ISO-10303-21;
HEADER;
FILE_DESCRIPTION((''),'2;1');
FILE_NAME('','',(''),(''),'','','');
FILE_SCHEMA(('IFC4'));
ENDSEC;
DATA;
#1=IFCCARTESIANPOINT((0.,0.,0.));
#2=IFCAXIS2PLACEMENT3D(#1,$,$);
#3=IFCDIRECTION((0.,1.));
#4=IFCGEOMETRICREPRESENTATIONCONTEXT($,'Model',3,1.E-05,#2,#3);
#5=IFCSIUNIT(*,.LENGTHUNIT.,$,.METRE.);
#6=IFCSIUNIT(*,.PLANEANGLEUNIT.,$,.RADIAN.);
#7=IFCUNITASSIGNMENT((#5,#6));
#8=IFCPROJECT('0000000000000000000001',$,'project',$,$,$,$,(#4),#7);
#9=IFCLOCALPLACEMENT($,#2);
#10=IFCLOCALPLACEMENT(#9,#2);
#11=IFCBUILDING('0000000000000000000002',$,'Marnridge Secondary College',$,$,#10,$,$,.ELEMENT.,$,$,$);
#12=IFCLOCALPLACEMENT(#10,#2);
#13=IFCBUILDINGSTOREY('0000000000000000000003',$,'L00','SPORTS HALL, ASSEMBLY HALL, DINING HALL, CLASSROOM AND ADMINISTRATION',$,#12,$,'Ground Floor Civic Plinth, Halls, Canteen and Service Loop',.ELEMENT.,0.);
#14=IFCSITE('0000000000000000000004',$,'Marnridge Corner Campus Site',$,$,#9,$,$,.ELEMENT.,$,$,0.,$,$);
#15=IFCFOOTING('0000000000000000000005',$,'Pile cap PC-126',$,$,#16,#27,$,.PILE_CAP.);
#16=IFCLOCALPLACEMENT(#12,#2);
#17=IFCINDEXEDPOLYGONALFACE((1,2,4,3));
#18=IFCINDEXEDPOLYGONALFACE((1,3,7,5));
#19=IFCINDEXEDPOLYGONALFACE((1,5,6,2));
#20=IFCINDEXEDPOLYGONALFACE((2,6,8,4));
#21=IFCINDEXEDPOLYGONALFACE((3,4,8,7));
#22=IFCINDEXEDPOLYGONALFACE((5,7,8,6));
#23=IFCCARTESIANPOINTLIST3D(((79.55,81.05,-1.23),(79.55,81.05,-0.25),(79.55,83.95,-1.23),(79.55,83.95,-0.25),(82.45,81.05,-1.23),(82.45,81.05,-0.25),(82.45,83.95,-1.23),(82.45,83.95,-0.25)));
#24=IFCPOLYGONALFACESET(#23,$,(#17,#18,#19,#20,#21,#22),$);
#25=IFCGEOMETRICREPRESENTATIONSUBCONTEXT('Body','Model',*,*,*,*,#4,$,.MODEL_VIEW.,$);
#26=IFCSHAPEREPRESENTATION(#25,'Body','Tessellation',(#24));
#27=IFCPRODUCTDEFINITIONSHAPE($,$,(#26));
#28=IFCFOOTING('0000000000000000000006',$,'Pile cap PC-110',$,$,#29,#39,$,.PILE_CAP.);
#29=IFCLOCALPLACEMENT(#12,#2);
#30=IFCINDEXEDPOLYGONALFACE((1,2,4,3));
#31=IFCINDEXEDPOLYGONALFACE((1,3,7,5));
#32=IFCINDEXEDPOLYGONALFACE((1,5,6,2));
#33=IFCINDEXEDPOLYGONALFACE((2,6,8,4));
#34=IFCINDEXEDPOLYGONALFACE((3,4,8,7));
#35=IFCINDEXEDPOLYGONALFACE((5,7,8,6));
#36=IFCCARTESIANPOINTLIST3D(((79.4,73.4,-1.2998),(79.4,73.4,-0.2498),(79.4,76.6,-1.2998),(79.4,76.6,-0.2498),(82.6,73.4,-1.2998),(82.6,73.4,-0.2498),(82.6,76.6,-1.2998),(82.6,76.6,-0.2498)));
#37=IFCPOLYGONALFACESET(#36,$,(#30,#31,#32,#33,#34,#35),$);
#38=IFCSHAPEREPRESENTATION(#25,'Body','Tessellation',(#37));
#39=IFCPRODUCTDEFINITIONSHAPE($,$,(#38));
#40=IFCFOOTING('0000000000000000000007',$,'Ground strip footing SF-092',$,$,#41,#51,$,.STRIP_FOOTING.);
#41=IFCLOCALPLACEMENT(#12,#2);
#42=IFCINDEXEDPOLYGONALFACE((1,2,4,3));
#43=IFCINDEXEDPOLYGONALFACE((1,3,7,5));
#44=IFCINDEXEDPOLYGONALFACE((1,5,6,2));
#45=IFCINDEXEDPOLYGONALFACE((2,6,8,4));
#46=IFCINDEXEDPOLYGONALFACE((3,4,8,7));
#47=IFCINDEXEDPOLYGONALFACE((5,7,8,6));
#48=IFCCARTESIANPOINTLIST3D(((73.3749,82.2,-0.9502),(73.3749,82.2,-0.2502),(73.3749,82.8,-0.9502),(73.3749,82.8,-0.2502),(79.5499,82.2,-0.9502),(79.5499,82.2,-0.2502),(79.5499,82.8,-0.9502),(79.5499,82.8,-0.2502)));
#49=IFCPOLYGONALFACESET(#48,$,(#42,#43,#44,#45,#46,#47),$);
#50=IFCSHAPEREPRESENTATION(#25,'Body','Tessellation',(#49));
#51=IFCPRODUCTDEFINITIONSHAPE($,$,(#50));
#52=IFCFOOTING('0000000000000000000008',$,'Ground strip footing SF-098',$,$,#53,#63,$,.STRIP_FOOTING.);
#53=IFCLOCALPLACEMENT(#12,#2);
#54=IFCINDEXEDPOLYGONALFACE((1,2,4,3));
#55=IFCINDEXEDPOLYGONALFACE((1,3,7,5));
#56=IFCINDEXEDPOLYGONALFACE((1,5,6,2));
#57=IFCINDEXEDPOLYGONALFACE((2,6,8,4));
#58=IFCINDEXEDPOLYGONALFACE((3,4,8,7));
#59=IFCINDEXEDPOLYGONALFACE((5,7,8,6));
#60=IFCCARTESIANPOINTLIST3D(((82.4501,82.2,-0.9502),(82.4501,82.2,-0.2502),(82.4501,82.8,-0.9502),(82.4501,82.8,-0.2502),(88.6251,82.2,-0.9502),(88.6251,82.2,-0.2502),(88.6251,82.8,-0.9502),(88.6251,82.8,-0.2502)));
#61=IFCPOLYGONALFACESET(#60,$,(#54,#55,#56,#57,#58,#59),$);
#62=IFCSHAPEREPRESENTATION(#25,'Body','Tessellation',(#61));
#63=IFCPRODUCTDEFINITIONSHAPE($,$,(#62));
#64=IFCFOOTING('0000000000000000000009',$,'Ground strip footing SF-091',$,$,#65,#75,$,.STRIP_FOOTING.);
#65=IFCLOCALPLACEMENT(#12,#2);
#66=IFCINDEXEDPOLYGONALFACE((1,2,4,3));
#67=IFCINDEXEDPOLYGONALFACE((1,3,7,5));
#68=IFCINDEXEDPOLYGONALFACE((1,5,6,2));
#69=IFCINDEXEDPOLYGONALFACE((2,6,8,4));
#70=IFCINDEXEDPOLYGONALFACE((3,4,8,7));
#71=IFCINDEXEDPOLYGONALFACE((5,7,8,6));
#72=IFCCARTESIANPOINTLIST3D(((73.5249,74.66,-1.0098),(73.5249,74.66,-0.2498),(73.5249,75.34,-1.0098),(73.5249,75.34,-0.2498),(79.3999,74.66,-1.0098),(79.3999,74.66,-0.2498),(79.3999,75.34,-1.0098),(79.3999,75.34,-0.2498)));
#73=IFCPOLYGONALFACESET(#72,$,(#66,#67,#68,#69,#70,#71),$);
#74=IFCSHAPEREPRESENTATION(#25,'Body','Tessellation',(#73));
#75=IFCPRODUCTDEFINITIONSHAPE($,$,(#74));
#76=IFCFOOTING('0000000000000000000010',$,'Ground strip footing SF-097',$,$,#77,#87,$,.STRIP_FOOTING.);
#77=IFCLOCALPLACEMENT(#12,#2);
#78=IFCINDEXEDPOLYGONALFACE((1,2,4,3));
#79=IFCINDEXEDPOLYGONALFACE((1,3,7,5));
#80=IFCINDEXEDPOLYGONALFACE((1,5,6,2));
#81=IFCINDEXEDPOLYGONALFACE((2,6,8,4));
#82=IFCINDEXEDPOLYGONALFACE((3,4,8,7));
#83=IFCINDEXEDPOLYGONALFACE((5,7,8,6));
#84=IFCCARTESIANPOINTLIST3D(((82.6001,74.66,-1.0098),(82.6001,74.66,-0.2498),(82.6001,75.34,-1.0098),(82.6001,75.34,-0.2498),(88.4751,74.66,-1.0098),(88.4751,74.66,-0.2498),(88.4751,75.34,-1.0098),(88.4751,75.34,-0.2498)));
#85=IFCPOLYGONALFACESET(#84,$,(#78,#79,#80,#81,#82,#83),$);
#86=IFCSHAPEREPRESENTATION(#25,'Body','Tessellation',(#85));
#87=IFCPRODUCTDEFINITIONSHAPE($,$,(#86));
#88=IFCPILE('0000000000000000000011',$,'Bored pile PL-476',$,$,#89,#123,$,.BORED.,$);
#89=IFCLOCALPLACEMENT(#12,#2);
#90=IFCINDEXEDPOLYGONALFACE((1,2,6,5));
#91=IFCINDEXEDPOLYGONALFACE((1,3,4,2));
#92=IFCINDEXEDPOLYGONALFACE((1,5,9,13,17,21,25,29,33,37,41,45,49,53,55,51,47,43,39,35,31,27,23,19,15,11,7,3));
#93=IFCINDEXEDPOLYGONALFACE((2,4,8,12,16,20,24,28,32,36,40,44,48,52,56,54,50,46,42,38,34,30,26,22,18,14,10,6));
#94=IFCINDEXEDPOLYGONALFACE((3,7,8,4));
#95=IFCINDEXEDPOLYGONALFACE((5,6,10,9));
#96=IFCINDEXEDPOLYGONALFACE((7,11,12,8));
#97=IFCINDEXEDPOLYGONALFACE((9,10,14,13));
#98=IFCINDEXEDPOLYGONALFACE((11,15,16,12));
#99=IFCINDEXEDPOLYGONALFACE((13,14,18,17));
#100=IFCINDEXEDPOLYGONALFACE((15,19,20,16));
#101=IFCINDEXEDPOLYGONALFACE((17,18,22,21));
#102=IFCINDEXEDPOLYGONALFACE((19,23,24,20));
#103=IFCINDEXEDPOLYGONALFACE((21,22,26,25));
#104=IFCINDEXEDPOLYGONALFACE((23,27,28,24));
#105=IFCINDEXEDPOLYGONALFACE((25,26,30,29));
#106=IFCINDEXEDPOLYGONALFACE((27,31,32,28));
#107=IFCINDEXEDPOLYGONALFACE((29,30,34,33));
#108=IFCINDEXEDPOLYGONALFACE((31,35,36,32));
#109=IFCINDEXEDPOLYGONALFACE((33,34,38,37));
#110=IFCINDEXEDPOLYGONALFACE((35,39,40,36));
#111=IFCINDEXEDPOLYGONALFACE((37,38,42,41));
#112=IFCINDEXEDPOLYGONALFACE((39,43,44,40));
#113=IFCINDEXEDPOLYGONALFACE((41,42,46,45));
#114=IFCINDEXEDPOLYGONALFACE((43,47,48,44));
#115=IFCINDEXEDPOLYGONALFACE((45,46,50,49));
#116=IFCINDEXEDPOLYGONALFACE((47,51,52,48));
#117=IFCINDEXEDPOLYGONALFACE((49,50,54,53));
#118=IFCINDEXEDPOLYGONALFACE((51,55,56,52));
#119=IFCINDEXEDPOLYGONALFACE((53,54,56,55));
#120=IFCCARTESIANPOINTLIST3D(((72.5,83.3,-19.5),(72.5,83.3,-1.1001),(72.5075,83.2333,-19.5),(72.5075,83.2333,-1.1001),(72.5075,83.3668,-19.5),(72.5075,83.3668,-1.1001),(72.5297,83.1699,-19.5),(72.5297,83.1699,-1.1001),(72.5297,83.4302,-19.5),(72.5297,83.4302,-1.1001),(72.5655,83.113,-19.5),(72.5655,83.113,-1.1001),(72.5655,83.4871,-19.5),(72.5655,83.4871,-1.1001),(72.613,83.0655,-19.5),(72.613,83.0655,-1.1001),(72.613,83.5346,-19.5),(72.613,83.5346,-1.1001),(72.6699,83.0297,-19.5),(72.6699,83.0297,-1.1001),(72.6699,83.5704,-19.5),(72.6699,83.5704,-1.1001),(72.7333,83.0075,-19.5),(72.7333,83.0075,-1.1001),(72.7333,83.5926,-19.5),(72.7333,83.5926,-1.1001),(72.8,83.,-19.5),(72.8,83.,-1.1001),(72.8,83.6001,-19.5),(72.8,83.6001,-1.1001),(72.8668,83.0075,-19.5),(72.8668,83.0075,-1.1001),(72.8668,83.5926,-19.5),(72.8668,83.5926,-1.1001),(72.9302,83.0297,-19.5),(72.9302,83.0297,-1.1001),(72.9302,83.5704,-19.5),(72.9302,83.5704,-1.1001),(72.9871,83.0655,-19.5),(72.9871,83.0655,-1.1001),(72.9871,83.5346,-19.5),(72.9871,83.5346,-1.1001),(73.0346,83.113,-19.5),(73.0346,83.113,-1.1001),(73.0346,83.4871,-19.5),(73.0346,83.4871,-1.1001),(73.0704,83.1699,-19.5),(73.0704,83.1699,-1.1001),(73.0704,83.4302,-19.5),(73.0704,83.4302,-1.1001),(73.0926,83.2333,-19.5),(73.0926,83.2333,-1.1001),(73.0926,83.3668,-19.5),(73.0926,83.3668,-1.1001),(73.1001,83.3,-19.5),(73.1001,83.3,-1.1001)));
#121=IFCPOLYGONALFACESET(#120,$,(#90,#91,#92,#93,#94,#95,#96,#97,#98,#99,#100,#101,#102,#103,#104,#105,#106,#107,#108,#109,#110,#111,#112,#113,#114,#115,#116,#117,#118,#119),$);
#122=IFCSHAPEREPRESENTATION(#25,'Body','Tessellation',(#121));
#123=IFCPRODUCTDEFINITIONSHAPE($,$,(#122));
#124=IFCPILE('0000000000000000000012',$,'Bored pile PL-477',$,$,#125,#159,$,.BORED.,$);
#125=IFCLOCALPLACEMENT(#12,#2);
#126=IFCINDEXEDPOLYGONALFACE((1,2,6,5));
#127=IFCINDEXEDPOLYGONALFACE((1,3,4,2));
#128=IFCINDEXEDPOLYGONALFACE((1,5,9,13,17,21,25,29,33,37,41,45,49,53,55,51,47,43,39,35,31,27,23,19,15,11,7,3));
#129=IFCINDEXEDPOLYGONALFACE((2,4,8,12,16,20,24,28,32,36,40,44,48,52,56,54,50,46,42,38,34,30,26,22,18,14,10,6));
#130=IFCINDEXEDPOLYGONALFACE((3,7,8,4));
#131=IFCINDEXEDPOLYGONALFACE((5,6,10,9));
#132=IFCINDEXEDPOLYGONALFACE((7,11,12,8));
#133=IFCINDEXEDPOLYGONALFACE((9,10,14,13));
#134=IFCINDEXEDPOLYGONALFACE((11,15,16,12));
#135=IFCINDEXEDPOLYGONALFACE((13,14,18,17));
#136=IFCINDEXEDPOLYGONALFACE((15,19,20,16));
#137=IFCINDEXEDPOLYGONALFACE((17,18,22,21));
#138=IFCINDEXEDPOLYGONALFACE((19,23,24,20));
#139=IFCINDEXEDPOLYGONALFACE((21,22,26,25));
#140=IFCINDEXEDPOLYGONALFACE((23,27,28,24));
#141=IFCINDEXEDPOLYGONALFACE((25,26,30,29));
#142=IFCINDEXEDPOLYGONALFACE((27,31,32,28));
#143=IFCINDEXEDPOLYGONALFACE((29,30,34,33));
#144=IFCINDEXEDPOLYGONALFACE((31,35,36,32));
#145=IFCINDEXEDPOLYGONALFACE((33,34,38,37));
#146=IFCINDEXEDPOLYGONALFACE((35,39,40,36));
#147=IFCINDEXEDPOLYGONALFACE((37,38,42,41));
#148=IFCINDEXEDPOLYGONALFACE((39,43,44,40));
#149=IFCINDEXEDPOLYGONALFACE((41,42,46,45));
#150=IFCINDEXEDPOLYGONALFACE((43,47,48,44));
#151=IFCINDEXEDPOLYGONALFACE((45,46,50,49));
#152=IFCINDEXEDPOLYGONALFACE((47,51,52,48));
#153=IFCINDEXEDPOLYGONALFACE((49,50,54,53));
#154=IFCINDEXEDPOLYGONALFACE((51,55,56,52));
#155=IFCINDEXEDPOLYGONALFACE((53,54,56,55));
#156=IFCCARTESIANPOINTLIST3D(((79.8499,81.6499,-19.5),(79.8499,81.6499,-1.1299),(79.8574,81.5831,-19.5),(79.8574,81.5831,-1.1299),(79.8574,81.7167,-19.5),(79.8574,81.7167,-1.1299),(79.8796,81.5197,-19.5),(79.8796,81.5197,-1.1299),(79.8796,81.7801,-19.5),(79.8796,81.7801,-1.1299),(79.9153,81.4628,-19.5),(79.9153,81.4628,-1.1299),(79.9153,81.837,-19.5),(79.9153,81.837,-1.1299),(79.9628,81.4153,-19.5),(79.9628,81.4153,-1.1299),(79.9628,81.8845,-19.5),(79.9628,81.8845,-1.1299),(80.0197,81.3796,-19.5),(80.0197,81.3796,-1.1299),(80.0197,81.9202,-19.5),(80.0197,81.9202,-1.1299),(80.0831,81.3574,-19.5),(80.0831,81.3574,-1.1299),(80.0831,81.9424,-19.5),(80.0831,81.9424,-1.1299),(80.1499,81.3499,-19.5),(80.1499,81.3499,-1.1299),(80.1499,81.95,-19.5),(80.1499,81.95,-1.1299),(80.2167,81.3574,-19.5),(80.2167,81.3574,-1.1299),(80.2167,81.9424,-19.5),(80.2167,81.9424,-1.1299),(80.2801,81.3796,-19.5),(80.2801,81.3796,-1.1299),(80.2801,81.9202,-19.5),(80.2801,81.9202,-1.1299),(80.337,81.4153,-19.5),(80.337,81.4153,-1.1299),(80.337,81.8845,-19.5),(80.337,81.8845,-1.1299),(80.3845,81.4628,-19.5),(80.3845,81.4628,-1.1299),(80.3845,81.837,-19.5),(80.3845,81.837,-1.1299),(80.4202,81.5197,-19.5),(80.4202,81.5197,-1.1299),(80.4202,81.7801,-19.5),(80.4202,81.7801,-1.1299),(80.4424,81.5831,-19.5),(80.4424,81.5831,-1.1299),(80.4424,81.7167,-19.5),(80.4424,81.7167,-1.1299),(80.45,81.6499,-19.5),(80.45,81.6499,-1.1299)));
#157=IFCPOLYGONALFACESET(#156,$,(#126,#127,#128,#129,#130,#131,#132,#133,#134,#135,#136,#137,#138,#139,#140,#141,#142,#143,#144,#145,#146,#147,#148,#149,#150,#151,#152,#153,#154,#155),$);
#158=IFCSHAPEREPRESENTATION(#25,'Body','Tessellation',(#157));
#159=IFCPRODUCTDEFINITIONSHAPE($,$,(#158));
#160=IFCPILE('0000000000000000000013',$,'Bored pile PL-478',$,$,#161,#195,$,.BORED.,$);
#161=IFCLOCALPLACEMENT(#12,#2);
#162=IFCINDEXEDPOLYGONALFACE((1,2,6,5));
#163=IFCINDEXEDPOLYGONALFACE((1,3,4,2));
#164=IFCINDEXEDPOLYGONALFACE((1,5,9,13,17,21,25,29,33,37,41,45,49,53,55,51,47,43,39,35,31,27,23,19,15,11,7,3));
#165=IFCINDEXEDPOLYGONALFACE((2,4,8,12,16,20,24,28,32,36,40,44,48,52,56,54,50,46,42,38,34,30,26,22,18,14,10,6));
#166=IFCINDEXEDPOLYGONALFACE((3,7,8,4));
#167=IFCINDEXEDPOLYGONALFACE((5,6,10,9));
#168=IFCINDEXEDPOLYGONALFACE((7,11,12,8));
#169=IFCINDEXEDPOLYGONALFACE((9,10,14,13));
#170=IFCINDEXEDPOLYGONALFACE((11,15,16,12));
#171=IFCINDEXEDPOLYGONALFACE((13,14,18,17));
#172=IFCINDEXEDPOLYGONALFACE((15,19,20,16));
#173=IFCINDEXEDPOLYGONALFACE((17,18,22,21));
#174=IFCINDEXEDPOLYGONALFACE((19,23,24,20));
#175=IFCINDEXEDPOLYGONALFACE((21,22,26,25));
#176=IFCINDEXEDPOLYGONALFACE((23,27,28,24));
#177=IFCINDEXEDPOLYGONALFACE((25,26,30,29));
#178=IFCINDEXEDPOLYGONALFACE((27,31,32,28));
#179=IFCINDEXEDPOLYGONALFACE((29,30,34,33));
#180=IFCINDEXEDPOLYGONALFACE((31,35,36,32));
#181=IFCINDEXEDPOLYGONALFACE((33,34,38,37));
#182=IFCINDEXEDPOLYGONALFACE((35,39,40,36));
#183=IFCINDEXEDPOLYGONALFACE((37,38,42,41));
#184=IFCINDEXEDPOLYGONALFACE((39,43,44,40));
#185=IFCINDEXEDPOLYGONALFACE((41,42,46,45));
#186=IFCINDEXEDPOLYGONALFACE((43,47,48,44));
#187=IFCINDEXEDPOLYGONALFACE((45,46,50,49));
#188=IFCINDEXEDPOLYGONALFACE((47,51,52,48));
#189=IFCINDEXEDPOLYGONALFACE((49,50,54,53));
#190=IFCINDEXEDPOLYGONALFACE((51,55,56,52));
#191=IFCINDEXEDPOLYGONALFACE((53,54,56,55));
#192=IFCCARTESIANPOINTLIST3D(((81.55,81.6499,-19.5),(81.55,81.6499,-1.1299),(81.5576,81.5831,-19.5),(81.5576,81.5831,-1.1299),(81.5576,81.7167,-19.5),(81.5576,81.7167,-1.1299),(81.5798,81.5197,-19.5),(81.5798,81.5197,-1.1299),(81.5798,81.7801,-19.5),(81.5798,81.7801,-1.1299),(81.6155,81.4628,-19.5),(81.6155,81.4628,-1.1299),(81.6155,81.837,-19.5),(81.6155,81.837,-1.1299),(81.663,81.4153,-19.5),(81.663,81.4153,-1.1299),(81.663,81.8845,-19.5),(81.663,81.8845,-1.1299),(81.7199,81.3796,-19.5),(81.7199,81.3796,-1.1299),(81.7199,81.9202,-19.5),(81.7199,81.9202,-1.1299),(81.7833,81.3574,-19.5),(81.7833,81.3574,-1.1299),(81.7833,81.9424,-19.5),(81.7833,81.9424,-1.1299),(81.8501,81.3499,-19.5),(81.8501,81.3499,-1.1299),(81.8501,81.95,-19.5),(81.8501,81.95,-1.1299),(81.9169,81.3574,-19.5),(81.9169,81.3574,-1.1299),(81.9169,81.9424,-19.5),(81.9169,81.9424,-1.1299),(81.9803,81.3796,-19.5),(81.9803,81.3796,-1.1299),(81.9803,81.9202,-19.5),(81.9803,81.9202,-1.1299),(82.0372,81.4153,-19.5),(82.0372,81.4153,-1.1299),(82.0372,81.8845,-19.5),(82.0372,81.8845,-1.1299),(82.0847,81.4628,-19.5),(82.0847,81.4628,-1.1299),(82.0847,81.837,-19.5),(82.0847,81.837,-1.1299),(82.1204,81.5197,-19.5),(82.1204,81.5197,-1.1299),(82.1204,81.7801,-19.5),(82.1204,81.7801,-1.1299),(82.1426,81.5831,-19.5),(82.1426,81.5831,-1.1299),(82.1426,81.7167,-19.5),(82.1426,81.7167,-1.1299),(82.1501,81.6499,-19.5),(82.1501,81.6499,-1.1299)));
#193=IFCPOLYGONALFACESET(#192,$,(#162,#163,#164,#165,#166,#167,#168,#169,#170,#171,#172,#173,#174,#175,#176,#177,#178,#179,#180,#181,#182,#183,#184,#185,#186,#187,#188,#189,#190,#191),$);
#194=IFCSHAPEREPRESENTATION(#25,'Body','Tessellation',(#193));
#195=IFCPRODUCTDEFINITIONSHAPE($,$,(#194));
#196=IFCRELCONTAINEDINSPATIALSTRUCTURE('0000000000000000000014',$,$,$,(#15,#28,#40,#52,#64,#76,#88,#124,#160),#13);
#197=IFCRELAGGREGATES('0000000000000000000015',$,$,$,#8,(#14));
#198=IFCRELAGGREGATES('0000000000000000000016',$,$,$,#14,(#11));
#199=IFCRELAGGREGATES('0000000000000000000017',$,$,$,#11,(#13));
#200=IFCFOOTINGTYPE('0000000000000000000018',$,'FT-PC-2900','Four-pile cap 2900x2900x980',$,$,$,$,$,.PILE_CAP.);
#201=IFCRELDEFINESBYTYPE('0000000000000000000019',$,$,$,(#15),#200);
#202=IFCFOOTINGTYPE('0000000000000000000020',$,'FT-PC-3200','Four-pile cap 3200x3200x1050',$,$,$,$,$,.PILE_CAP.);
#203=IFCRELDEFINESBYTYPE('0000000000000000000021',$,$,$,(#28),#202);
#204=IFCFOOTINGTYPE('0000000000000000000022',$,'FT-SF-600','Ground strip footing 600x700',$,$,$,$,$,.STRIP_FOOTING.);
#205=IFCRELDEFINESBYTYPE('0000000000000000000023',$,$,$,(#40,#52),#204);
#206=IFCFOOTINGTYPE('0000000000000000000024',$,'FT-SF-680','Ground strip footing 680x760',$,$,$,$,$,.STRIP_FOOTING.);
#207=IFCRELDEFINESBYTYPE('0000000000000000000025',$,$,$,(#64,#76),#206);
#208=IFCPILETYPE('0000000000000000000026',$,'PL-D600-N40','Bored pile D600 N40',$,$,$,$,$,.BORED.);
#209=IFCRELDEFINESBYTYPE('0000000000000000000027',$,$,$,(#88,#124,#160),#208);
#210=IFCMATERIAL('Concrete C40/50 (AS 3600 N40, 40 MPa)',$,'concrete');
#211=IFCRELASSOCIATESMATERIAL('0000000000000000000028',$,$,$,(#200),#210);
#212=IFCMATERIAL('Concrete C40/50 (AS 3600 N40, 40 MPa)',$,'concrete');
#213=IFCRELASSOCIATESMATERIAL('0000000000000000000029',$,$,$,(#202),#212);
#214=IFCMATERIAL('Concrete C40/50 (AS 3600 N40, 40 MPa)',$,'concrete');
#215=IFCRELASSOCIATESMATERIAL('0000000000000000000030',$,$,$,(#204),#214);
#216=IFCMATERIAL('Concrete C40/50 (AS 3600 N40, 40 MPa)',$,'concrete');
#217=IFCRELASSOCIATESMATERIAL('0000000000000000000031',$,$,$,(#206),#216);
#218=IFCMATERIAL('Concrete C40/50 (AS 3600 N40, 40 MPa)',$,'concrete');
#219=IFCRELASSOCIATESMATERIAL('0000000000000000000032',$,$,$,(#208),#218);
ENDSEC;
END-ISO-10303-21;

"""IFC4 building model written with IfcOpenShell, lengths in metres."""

from ifc_helpers import new_model, si_unit, direction, frame, origin, origin_2d, place, context, subcontext, project, spatial, rectangle, circle, extrude, material, material_profile, profile_set, type_object, element, save


model = new_model("IFC4")

# Units and contexts
model_context = context("Model", 3, precision=1e-05, world=origin(), true_north=direction((0.0, 1.0)))
body_context = subcontext(model_context, "Body", "Model", "MODEL_VIEW")
ifc_project = project(units=[si_unit("LENGTHUNIT", "METRE"), si_unit("PLANEANGLEUNIT", "RADIAN")], contexts=[model_context])

# Site, building, storey
site_placement = place(None, origin())
site = spatial("IfcSite", under=ifc_project, at=site_placement, Name="Marnridge Corner Campus Site", CompositionType="ELEMENT", RefElevation=0.0)
building_placement = place(site_placement, origin())
building = spatial("IfcBuilding", under=site, at=building_placement, Name="Marnridge Secondary College", CompositionType="ELEMENT")
storey_placement = place(building_placement, origin())
storey = spatial("IfcBuildingStorey", under=building, at=storey_placement, Name="L00", Description="SPORTS HALL, ASSEMBLY HALL, DINING HALL, CLASSROOM AND ADMINISTRATION", LongName="Ground Floor Civic Plinth, Halls, Canteen and Service Loop", CompositionType="ELEMENT", Elevation=0.0)

# Footings
ifc_material_1 = material(Name="Concrete C40/50 (AS 3600 N40, 40 MPa)", Category="concrete")
footing_type_1 = type_object("IfcFootingType", Name="FT-PC-2900", Description="Four-pile cap 2900x2900x980", PredefinedType="PILE_CAP", material=ifc_material_1)
footing_1_placement = place(storey_placement, frame((81.0, 82.5, -1.23), z_axis=(0.0, 0.0, 1.0), x_axis=(1.0, 0.0, 0.0)))
element("IfcFooting", 1, at=footing_1_placement, inside=storey, type_object=footing_type_1, Name="Pile cap PC-126", PredefinedType="PILE_CAP", context=body_context, shape_type="SweptSolid", body=[
    extrude(rectangle(XDim=2.8999, YDim=2.8999, at=origin_2d()), origin(), (0.0, 0.0, 1.0), 0.98),
])
ifc_material_2 = material(Name="Concrete C40/50 (AS 3600 N40, 40 MPa)", Category="concrete")
footing_type_2 = type_object("IfcFootingType", Name="FT-PC-3200", Description="Four-pile cap 3200x3200x1050", PredefinedType="PILE_CAP", material=ifc_material_2)
footing_2_placement = place(storey_placement, frame((81.0, 75.0, -1.2998), z_axis=(0.0, 0.0, 1.0), x_axis=(1.0, 0.0, 0.0)))
element("IfcFooting", 2, at=footing_2_placement, inside=storey, type_object=footing_type_2, Name="Pile cap PC-110", PredefinedType="PILE_CAP", context=body_context, shape_type="SweptSolid", body=[
    extrude(rectangle(XDim=3.2, YDim=3.2, at=origin_2d()), origin(), (0.0, 0.0, 1.0), 1.05),
])
ifc_material_3 = material(Name="Concrete C40/50 (AS 3600 N40, 40 MPa)", Category="concrete")
footing_type_3 = type_object("IfcFootingType", Name="FT-SF-600", Description="Ground strip footing 600x700", PredefinedType="STRIP_FOOTING", material=ifc_material_3)
for number, where, z_axis, x_axis, name in (
    (3, (76.4624, 82.5, -0.9502), (0.0, 0.0, 1.0), (1.0, 0.0, 0.0), "Ground strip footing SF-092"),
    (4, (85.5376, 82.5, -0.9502), (0.0, 0.0, 1.0), (1.0, 0.0, 0.0), "Ground strip footing SF-098"),
):
    element("IfcFooting", number, at=place(storey_placement, frame(where, z_axis=z_axis, x_axis=x_axis)), inside=storey, type_object=footing_type_3, Name=name, PredefinedType="STRIP_FOOTING", context=body_context, shape_type="SweptSolid", body=[
        extrude(rectangle(XDim=6.175, YDim=0.6001, at=origin_2d()), origin(), (0.0, 0.0, 1.0), 0.7),
    ])
ifc_material_4 = material(Name="Concrete C40/50 (AS 3600 N40, 40 MPa)", Category="concrete")
footing_type_4 = type_object("IfcFootingType", Name="FT-SF-680", Description="Ground strip footing 680x760", PredefinedType="STRIP_FOOTING", material=ifc_material_4)
for number, where, z_axis, x_axis, name in (
    (5, (76.4624, 75.0, -1.0098), (0.0, 0.0, 1.0), (1.0, 0.0, 0.0), "Ground strip footing SF-091"),
    (6, (85.5376, 75.0, -1.0098), (0.0, 0.0, 1.0), (1.0, 0.0, 0.0), "Ground strip footing SF-097"),
):
    element("IfcFooting", number, at=place(storey_placement, frame(where, z_axis=z_axis, x_axis=x_axis)), inside=storey, type_object=footing_type_4, Name=name, PredefinedType="STRIP_FOOTING", context=body_context, shape_type="SweptSolid", body=[
        extrude(rectangle(XDim=5.875, YDim=0.6799, at=origin_2d()), origin(), (0.0, 0.0, 1.0), 0.76),
    ])

# Piles
ifc_material_5 = material(Name="Concrete C40/50 (AS 3600 N40, 40 MPa)", Category="concrete")
ifc_material_profile_1 = material_profile(ifc_material_5, circle(Radius=0.3, at=origin_2d()), Name="PILE D600")
ifc_profile_set_1 = profile_set([ifc_material_profile_1], Name="Concrete C40/50 (AS 3600 N40, 40 MPa)")
pile_type_1 = type_object("IfcPileType", Name="PL-D600-N40", Description="Bored pile D600 N40", PredefinedType="BORED", material=ifc_profile_set_1)
pile_placement = place(storey_placement, frame((72.8, 83.3, -1.1001), z_axis=(0.0, 0.0, -1.0), x_axis=(1.0, 0.0, 0.0)))
element("IfcPile", 7, at=pile_placement, inside=storey, type_object=pile_type_1, Name="Bored pile PL-476", PredefinedType="BORED", context=body_context, shape_type="SweptSolid", body=[
    extrude(circle(Radius=0.3, at=origin_2d()), origin(), (0.0, 0.0, 1.0), 18.3999),
])
for number, where, z_axis, x_axis, name in (
    (8, (80.1499, 81.6499, -1.1299), (0.0, 0.0, -1.0), (1.0, 0.0, 0.0), "Bored pile PL-477"),
    (9, (81.8501, 81.6499, -1.1299), (0.0, 0.0, -1.0), (1.0, 0.0, 0.0), "Bored pile PL-478"),
):
    element("IfcPile", number, at=place(storey_placement, frame(where, z_axis=z_axis, x_axis=x_axis)), inside=storey, type_object=pile_type_1, Name=name, PredefinedType="BORED", context=body_context, shape_type="SweptSolid", body=[
        extrude(circle(Radius=0.3, at=origin_2d()), origin(), (0.0, 0.0, 1.0), 18.3701),
    ])

save(model, "model.ifc")
